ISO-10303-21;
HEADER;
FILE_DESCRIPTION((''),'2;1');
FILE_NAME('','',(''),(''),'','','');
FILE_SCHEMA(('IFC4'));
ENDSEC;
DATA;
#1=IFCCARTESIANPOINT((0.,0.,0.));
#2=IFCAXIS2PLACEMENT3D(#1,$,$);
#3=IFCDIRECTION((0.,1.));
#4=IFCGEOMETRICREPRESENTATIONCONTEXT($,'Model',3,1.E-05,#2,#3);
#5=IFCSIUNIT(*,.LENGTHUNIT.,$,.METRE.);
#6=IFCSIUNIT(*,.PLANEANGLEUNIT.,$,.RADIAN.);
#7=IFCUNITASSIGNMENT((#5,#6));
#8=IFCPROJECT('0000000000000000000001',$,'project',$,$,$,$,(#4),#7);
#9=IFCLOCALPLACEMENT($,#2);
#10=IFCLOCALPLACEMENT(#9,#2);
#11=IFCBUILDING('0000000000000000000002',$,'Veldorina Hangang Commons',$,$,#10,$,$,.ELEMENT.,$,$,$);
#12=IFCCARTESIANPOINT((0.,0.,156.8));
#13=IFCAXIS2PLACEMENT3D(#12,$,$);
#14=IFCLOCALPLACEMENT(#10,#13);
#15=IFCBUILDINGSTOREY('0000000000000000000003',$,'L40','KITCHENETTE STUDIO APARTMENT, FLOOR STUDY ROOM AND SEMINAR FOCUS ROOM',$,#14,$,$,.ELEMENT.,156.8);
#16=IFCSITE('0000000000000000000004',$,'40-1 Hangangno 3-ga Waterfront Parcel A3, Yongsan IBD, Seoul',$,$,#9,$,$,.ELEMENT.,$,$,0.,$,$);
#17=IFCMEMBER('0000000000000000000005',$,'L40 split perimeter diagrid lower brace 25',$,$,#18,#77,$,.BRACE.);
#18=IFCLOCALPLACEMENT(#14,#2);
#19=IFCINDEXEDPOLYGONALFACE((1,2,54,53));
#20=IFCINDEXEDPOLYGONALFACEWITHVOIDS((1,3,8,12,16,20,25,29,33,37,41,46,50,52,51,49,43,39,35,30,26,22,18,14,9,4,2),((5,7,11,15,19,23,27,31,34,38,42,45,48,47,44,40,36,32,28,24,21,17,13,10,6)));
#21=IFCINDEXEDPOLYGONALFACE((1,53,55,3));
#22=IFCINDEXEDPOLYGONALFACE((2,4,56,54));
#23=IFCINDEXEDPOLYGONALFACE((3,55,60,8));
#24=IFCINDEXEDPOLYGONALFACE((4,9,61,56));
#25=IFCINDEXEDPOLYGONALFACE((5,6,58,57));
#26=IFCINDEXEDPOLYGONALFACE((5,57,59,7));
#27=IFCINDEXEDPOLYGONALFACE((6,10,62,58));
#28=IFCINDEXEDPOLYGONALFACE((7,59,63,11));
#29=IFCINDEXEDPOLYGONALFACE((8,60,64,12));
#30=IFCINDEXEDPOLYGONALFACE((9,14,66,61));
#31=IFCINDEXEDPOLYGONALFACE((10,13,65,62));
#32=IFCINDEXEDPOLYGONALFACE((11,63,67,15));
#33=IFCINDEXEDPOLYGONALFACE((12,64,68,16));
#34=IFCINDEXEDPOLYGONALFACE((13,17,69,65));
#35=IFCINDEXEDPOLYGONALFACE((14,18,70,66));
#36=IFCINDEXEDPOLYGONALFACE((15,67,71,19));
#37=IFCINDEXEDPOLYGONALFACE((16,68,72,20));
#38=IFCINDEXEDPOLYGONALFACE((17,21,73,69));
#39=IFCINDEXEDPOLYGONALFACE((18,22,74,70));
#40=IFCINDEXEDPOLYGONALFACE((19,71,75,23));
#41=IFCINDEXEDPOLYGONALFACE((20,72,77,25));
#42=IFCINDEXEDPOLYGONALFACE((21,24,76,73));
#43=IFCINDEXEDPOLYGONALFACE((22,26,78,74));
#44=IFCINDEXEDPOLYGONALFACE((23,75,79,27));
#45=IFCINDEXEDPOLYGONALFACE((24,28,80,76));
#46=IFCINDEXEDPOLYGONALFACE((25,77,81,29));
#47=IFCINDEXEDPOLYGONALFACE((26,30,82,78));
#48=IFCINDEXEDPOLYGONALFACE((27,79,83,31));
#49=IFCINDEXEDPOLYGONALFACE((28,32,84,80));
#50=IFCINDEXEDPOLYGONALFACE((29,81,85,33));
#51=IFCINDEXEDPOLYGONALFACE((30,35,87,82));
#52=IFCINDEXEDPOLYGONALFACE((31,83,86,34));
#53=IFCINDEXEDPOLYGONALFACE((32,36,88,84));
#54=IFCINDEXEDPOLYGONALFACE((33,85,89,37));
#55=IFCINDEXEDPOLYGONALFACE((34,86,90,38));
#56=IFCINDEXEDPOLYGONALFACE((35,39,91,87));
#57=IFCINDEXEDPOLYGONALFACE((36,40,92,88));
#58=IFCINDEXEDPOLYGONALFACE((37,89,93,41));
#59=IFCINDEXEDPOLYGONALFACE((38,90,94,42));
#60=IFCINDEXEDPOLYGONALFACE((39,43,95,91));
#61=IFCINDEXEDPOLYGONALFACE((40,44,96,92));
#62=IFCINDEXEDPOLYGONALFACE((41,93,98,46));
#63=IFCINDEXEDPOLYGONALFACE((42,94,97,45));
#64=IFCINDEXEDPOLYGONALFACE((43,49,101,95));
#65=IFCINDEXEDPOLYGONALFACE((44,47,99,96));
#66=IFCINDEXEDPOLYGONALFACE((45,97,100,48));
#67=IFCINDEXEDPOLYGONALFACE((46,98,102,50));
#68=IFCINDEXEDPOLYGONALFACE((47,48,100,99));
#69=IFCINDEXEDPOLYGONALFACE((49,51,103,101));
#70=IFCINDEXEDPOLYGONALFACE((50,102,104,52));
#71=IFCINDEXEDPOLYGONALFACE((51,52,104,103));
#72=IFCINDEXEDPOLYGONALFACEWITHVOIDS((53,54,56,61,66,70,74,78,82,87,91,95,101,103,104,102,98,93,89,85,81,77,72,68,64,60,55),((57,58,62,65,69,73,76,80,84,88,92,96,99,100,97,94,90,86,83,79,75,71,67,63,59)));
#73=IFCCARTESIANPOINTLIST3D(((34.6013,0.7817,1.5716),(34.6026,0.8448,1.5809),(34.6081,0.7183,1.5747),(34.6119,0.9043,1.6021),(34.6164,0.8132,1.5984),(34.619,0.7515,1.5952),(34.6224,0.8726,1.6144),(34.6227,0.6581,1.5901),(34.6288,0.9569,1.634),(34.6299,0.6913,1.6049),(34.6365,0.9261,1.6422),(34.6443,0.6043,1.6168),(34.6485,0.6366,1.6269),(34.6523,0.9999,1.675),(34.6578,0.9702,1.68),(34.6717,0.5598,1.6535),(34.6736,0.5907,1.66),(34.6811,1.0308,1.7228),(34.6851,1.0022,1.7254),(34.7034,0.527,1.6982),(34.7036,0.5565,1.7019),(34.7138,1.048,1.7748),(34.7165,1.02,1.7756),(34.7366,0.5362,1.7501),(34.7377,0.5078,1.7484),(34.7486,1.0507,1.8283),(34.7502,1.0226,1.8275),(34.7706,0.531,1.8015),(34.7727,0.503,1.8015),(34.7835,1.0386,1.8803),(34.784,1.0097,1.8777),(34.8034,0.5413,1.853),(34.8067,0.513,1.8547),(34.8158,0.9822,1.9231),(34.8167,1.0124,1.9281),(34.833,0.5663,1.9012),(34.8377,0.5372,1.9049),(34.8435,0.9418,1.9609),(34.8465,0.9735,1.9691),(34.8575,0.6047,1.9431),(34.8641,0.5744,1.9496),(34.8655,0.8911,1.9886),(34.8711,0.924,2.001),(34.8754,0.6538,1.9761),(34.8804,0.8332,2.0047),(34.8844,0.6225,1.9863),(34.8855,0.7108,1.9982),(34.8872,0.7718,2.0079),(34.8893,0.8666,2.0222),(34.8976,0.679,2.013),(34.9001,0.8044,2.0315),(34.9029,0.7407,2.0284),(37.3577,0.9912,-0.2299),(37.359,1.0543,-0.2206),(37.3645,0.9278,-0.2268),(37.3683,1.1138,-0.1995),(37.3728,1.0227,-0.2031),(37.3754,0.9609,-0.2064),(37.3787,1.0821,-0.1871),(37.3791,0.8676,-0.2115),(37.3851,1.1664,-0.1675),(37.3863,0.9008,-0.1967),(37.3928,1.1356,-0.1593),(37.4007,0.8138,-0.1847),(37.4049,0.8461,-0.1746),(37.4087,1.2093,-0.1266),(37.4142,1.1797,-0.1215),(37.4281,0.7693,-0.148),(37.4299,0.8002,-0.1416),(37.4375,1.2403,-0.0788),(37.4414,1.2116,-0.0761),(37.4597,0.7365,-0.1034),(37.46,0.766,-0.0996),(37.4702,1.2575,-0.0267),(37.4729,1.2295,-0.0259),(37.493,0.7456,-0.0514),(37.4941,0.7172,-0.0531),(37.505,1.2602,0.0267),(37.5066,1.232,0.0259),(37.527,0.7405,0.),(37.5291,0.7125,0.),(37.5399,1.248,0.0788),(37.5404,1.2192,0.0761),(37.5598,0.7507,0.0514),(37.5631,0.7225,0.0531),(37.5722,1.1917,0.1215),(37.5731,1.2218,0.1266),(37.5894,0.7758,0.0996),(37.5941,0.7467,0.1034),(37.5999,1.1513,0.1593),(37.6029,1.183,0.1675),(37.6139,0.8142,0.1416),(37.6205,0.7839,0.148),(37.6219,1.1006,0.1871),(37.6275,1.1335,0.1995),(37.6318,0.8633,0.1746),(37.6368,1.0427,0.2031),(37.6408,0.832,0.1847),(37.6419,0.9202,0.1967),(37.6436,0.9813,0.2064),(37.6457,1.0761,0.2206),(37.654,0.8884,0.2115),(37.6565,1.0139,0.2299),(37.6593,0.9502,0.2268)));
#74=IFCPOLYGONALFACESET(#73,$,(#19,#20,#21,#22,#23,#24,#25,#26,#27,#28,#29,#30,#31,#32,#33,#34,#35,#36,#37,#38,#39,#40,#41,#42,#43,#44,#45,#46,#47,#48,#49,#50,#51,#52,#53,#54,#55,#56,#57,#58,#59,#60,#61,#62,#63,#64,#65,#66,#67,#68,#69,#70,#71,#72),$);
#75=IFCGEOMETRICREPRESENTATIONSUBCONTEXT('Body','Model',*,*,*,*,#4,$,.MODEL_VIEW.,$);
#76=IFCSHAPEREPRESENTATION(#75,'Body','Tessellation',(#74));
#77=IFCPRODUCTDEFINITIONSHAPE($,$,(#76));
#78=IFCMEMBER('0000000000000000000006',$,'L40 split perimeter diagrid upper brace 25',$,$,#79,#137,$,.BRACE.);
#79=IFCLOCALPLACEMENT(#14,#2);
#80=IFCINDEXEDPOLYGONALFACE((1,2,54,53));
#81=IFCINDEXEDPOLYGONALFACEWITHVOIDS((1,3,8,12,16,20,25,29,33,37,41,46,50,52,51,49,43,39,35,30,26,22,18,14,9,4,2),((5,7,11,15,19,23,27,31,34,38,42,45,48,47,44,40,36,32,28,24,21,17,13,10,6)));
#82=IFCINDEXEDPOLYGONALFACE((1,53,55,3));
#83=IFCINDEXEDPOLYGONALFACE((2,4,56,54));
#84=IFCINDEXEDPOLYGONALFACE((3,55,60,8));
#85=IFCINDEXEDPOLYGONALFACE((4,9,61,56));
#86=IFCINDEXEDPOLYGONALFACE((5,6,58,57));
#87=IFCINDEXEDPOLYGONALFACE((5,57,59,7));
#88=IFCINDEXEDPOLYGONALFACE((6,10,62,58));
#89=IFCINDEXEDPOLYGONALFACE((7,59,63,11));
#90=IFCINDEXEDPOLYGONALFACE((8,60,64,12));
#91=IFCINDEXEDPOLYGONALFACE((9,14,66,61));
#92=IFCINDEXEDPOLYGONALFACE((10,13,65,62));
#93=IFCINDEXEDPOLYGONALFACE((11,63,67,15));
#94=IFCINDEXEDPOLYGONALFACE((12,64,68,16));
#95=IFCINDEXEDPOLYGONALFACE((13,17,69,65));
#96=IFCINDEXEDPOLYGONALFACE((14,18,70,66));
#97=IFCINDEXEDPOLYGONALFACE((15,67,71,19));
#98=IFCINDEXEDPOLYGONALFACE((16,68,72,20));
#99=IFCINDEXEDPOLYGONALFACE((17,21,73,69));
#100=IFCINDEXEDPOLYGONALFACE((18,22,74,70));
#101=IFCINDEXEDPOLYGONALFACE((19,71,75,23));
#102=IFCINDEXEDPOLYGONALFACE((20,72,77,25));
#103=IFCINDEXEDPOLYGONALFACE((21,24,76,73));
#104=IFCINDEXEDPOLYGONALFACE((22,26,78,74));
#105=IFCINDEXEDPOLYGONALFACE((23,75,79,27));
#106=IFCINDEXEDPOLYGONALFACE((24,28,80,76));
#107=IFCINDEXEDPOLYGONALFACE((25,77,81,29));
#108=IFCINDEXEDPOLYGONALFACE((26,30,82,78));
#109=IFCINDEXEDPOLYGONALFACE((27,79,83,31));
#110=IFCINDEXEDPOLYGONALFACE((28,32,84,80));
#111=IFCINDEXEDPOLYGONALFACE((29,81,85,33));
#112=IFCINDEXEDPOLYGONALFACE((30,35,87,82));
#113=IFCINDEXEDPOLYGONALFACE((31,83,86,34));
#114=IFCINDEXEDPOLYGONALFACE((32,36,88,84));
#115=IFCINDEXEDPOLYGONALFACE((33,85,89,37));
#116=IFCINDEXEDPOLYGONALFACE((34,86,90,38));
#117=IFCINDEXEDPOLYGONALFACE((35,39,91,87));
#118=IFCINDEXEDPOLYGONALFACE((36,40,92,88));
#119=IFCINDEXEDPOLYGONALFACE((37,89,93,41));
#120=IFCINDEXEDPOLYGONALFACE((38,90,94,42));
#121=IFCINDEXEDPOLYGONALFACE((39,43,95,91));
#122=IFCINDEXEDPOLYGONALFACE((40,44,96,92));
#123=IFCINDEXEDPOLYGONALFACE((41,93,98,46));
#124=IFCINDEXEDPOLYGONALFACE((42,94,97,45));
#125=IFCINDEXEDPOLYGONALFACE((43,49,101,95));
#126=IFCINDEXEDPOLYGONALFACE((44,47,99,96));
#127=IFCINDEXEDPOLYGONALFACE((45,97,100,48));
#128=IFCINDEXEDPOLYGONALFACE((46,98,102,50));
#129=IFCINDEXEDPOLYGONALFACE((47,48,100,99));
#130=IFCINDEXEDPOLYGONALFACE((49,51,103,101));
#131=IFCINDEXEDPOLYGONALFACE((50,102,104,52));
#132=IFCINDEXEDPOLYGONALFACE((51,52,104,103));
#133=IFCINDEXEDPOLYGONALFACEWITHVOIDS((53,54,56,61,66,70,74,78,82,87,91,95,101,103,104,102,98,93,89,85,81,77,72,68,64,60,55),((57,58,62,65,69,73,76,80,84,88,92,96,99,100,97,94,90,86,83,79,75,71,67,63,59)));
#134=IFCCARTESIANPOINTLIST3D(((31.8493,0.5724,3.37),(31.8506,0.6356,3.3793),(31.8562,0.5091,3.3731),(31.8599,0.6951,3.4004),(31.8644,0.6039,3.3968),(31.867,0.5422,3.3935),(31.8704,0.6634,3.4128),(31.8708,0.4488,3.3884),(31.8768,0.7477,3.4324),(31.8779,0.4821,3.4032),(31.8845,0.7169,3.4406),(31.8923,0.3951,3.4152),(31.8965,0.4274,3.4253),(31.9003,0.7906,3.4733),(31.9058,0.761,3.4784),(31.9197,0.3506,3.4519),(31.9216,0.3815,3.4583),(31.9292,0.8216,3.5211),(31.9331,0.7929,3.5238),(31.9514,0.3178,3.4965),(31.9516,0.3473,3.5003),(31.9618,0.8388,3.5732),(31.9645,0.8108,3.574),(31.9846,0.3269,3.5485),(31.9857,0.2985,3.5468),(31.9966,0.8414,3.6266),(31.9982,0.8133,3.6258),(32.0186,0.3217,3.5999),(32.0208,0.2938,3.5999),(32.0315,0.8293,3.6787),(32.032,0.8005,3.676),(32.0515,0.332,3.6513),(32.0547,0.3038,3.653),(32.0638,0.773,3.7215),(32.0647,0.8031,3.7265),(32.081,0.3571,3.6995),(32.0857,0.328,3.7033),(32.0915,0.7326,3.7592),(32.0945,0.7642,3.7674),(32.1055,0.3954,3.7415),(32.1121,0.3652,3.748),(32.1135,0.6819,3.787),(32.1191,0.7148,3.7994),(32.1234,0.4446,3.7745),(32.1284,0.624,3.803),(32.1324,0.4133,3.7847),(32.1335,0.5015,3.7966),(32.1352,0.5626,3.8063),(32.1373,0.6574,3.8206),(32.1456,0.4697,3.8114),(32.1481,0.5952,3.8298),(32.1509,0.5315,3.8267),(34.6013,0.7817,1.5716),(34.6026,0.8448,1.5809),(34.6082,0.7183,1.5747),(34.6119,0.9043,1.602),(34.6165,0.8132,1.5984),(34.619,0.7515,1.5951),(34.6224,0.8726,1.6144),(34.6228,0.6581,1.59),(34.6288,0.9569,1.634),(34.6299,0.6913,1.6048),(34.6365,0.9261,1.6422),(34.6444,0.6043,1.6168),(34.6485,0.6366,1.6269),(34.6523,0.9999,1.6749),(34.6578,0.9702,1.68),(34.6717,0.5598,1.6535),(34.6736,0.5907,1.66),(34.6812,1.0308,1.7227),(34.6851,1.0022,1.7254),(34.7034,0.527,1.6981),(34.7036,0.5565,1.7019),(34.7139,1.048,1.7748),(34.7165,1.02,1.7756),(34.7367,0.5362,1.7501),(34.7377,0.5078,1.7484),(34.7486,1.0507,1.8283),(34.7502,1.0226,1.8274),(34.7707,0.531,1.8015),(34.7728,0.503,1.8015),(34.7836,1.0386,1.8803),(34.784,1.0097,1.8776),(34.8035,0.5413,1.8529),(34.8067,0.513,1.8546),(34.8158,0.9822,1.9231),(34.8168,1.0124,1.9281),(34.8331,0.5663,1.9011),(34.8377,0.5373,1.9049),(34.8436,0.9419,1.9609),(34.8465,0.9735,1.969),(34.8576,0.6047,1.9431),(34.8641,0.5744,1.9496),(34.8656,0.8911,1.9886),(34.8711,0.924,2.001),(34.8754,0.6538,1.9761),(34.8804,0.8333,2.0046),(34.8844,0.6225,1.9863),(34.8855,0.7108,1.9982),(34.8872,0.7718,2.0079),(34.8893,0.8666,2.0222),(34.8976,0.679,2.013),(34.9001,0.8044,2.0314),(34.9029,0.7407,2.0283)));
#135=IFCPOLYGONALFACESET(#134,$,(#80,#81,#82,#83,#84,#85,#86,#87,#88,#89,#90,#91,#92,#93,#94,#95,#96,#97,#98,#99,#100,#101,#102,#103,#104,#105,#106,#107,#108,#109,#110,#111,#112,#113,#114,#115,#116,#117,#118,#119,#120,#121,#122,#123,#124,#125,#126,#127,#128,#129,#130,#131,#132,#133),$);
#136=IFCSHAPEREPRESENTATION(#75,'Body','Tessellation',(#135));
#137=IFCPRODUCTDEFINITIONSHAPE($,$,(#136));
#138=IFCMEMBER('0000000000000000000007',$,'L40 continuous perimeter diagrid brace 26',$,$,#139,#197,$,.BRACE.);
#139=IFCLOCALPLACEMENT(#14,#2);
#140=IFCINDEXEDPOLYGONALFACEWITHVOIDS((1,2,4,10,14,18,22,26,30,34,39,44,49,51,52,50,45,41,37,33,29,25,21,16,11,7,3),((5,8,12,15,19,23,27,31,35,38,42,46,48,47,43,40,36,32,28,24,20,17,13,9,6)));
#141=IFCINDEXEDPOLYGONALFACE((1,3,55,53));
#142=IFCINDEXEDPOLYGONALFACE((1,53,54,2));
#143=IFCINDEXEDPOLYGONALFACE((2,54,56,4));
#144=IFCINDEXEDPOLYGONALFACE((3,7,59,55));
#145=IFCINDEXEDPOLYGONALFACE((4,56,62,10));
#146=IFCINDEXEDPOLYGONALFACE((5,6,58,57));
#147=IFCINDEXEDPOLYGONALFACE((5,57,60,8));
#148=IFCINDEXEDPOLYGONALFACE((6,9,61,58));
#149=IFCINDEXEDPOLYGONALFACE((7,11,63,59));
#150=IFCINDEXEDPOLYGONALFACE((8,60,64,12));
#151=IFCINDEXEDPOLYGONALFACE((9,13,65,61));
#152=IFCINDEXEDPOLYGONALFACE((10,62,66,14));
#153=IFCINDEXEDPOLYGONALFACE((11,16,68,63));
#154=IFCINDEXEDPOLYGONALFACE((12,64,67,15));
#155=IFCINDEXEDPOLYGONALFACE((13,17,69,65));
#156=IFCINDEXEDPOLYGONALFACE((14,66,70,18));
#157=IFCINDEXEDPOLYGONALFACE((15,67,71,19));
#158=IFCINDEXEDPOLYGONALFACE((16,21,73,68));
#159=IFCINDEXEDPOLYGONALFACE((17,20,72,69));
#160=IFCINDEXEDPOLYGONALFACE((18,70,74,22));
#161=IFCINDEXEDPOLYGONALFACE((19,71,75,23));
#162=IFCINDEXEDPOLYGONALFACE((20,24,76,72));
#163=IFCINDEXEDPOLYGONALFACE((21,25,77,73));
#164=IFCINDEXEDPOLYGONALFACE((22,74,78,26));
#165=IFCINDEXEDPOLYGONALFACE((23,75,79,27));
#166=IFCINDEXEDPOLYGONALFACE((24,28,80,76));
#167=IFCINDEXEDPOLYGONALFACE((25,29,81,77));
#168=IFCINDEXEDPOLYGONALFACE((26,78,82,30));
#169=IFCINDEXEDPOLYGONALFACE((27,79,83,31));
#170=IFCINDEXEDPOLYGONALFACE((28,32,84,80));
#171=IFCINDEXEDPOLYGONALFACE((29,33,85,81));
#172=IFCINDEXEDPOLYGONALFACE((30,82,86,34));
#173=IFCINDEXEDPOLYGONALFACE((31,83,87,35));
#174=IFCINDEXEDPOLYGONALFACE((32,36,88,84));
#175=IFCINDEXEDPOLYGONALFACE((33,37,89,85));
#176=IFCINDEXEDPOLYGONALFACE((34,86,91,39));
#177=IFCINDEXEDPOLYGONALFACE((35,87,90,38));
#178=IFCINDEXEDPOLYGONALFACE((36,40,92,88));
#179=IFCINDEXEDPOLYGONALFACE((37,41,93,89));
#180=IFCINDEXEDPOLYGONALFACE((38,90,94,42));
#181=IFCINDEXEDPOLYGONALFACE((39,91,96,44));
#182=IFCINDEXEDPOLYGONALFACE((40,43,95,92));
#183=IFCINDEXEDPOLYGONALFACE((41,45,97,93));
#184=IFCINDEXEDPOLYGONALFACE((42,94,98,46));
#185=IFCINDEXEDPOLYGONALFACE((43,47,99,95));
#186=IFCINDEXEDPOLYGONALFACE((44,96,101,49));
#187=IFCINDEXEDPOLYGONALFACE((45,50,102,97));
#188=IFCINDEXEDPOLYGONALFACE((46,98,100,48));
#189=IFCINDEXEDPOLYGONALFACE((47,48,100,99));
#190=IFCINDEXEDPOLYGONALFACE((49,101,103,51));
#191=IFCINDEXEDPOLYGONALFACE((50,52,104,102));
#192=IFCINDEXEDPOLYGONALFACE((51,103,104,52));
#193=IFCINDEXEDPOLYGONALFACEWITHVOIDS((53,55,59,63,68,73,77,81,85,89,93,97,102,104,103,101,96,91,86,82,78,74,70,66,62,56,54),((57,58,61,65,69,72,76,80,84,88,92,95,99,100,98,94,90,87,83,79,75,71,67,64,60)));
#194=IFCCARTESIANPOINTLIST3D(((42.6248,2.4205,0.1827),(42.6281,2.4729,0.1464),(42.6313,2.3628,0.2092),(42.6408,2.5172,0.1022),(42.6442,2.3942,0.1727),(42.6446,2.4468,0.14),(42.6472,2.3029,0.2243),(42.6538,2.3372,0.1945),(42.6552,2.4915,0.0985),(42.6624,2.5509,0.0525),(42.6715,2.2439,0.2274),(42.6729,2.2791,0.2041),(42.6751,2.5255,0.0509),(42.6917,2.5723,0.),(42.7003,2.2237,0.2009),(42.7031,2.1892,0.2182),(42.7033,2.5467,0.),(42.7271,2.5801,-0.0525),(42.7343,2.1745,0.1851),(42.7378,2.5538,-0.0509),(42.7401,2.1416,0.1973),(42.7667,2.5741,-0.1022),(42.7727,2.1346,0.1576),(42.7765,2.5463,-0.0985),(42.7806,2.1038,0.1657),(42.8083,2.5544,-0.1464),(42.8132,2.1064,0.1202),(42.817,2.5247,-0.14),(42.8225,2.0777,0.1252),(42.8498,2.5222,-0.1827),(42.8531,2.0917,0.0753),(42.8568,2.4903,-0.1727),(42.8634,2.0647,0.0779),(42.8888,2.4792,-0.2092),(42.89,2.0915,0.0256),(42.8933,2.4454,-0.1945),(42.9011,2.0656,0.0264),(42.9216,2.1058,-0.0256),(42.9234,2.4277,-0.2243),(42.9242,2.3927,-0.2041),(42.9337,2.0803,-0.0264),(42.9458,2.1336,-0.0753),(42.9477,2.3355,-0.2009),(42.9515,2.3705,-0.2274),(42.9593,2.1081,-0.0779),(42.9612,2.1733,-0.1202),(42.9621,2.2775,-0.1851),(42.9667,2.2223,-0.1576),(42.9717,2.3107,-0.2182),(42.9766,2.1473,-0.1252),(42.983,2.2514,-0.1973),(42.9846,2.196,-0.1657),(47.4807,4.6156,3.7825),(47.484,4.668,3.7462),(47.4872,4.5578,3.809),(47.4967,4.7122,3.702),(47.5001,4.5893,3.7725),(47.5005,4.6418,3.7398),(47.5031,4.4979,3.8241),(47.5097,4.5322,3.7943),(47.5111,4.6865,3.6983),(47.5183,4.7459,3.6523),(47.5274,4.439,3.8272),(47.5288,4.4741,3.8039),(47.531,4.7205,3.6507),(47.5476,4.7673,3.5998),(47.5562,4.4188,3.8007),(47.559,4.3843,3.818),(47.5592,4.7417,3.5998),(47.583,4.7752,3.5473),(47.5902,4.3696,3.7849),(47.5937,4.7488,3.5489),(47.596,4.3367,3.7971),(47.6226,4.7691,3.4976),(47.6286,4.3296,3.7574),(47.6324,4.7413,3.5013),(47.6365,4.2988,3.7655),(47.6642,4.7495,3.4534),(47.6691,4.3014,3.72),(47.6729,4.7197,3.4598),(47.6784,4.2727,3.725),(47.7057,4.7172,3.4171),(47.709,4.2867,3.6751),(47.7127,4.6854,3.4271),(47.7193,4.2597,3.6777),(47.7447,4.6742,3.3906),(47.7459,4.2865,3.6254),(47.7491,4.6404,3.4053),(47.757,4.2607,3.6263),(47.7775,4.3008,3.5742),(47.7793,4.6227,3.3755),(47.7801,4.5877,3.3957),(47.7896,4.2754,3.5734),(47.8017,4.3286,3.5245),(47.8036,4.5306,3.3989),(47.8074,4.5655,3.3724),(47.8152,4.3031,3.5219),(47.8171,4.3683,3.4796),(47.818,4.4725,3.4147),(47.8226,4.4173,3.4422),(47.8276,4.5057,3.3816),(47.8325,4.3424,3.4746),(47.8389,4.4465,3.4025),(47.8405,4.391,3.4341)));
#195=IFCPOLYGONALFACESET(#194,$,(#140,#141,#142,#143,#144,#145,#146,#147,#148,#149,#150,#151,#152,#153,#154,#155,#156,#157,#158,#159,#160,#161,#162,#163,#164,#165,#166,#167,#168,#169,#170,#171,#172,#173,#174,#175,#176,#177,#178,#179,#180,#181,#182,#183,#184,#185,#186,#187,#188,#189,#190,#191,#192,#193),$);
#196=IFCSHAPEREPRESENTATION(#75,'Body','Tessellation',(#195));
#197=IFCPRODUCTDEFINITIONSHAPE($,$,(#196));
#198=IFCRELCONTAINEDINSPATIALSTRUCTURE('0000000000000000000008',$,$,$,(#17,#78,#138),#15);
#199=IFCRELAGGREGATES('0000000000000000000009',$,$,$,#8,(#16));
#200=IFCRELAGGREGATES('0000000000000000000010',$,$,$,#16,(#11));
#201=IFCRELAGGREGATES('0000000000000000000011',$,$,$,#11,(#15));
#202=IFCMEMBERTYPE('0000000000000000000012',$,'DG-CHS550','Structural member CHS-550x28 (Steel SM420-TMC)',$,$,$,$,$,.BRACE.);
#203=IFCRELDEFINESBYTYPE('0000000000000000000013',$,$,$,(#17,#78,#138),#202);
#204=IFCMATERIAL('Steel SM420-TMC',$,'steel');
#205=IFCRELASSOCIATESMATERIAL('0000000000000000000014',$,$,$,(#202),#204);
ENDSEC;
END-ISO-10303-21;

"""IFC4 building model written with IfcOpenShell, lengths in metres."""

from ifc_helpers import new_model, si_unit, direction, frame, origin, origin_2d, place, context, subcontext, project, spatial, hollow_circle, extrude, material, material_profile, profile_set, type_object, element, save


model = new_model("IFC4")

# Units and contexts
model_context = context("Model", 3, precision=1e-05, world=origin(), true_north=direction((0.0, 1.0)))
body_context = subcontext(model_context, "Body", "Model", "MODEL_VIEW")
ifc_project = project(units=[si_unit("LENGTHUNIT", "METRE"), si_unit("PLANEANGLEUNIT", "RADIAN")], contexts=[model_context])

# Site, building, storey
site_placement = place(None, origin())
site = spatial("IfcSite", under=ifc_project, at=site_placement, Name="40-1 Hangangno 3-ga Waterfront Parcel A3, Yongsan IBD, Seoul", CompositionType="ELEMENT", RefElevation=0.0)
building_placement = place(site_placement, origin())
building = spatial("IfcBuilding", under=site, at=building_placement, Name="Veldorina Hangang Commons", CompositionType="ELEMENT")
storey_placement = place(building_placement, frame((0.0, 0.0, 156.8)))
storey = spatial("IfcBuildingStorey", under=building, at=storey_placement, Name="L40", Description="KITCHENETTE STUDIO APARTMENT, FLOOR STUDY ROOM AND SEMINAR FOCUS ROOM", CompositionType="ELEMENT", Elevation=156.8)

# Shared definitions
ifc_material_1 = material(Name="Steel SM420-TMC", Category="steel")

# Members
ifc_material_profile_1 = material_profile(ifc_material_1, hollow_circle(Radius=0.2749, WallThickness=0.0281, at=origin_2d()), Name="CHS-550x28")
ifc_profile_set_1 = profile_set([ifc_material_profile_1], Name="Steel SM420-TMC")
member_type_1 = type_object("IfcMemberType", Name="DG-CHS550", Description="Structural member CHS-550x28 (Steel SM420-TMC)", PredefinedType="BRACE", material=ifc_profile_set_1)
member_1_placement = place(storey_placement, frame((37.5083, 0.9866, 0.0), z_axis=(-0.83538, -0.063486, 0.545994), x_axis=(0.075778, -0.997125, 0.0)))
element("IfcMember", 1, at=member_1_placement, inside=storey, type_object=member_type_1, Name="L40 split perimeter diagrid lower brace 25", PredefinedType="BRACE", context=body_context, shape_type="SweptSolid", body=[
    extrude(hollow_circle(Radius=0.2749, WallThickness=0.0281, at=origin_2d()), origin(), (0.0, 0.0, 1.0), 3.2996),
])
member_2_placement = place(storey_placement, frame((34.752, 0.7771, 1.8015), z_axis=(-0.835421, -0.063516, 0.545929), x_axis=(0.07581, -0.997122, 0.0)))
element("IfcMember", 2, at=member_2_placement, inside=storey, type_object=member_type_1, Name="L40 split perimeter diagrid upper brace 25", PredefinedType="BRACE", context=body_context, shape_type="SweptSolid", body=[
    extrude(hollow_circle(Radius=0.2749, WallThickness=0.0281, at=origin_2d()), origin(), (0.0, 0.0, 1.0), 3.2942),
])
member_3_placement = place(storey_placement, frame((42.8049, 2.3218, 0.0), z_axis=(0.755087, 0.341327, 0.559767), x_axis=(-0.411907, 0.911226, 0.0)))
element("IfcMember", 3, at=member_3_placement, inside=storey, type_object=member_type_1, Name="L40 continuous perimeter diagrid brace 26", PredefinedType="BRACE", context=body_context, shape_type="SweptSolid", body=[
    extrude(hollow_circle(Radius=0.2749, WallThickness=0.0281, at=origin_2d()), origin(), (0.0, 0.0, 1.0), 6.4309),
])

save(model, "model.ifc")
